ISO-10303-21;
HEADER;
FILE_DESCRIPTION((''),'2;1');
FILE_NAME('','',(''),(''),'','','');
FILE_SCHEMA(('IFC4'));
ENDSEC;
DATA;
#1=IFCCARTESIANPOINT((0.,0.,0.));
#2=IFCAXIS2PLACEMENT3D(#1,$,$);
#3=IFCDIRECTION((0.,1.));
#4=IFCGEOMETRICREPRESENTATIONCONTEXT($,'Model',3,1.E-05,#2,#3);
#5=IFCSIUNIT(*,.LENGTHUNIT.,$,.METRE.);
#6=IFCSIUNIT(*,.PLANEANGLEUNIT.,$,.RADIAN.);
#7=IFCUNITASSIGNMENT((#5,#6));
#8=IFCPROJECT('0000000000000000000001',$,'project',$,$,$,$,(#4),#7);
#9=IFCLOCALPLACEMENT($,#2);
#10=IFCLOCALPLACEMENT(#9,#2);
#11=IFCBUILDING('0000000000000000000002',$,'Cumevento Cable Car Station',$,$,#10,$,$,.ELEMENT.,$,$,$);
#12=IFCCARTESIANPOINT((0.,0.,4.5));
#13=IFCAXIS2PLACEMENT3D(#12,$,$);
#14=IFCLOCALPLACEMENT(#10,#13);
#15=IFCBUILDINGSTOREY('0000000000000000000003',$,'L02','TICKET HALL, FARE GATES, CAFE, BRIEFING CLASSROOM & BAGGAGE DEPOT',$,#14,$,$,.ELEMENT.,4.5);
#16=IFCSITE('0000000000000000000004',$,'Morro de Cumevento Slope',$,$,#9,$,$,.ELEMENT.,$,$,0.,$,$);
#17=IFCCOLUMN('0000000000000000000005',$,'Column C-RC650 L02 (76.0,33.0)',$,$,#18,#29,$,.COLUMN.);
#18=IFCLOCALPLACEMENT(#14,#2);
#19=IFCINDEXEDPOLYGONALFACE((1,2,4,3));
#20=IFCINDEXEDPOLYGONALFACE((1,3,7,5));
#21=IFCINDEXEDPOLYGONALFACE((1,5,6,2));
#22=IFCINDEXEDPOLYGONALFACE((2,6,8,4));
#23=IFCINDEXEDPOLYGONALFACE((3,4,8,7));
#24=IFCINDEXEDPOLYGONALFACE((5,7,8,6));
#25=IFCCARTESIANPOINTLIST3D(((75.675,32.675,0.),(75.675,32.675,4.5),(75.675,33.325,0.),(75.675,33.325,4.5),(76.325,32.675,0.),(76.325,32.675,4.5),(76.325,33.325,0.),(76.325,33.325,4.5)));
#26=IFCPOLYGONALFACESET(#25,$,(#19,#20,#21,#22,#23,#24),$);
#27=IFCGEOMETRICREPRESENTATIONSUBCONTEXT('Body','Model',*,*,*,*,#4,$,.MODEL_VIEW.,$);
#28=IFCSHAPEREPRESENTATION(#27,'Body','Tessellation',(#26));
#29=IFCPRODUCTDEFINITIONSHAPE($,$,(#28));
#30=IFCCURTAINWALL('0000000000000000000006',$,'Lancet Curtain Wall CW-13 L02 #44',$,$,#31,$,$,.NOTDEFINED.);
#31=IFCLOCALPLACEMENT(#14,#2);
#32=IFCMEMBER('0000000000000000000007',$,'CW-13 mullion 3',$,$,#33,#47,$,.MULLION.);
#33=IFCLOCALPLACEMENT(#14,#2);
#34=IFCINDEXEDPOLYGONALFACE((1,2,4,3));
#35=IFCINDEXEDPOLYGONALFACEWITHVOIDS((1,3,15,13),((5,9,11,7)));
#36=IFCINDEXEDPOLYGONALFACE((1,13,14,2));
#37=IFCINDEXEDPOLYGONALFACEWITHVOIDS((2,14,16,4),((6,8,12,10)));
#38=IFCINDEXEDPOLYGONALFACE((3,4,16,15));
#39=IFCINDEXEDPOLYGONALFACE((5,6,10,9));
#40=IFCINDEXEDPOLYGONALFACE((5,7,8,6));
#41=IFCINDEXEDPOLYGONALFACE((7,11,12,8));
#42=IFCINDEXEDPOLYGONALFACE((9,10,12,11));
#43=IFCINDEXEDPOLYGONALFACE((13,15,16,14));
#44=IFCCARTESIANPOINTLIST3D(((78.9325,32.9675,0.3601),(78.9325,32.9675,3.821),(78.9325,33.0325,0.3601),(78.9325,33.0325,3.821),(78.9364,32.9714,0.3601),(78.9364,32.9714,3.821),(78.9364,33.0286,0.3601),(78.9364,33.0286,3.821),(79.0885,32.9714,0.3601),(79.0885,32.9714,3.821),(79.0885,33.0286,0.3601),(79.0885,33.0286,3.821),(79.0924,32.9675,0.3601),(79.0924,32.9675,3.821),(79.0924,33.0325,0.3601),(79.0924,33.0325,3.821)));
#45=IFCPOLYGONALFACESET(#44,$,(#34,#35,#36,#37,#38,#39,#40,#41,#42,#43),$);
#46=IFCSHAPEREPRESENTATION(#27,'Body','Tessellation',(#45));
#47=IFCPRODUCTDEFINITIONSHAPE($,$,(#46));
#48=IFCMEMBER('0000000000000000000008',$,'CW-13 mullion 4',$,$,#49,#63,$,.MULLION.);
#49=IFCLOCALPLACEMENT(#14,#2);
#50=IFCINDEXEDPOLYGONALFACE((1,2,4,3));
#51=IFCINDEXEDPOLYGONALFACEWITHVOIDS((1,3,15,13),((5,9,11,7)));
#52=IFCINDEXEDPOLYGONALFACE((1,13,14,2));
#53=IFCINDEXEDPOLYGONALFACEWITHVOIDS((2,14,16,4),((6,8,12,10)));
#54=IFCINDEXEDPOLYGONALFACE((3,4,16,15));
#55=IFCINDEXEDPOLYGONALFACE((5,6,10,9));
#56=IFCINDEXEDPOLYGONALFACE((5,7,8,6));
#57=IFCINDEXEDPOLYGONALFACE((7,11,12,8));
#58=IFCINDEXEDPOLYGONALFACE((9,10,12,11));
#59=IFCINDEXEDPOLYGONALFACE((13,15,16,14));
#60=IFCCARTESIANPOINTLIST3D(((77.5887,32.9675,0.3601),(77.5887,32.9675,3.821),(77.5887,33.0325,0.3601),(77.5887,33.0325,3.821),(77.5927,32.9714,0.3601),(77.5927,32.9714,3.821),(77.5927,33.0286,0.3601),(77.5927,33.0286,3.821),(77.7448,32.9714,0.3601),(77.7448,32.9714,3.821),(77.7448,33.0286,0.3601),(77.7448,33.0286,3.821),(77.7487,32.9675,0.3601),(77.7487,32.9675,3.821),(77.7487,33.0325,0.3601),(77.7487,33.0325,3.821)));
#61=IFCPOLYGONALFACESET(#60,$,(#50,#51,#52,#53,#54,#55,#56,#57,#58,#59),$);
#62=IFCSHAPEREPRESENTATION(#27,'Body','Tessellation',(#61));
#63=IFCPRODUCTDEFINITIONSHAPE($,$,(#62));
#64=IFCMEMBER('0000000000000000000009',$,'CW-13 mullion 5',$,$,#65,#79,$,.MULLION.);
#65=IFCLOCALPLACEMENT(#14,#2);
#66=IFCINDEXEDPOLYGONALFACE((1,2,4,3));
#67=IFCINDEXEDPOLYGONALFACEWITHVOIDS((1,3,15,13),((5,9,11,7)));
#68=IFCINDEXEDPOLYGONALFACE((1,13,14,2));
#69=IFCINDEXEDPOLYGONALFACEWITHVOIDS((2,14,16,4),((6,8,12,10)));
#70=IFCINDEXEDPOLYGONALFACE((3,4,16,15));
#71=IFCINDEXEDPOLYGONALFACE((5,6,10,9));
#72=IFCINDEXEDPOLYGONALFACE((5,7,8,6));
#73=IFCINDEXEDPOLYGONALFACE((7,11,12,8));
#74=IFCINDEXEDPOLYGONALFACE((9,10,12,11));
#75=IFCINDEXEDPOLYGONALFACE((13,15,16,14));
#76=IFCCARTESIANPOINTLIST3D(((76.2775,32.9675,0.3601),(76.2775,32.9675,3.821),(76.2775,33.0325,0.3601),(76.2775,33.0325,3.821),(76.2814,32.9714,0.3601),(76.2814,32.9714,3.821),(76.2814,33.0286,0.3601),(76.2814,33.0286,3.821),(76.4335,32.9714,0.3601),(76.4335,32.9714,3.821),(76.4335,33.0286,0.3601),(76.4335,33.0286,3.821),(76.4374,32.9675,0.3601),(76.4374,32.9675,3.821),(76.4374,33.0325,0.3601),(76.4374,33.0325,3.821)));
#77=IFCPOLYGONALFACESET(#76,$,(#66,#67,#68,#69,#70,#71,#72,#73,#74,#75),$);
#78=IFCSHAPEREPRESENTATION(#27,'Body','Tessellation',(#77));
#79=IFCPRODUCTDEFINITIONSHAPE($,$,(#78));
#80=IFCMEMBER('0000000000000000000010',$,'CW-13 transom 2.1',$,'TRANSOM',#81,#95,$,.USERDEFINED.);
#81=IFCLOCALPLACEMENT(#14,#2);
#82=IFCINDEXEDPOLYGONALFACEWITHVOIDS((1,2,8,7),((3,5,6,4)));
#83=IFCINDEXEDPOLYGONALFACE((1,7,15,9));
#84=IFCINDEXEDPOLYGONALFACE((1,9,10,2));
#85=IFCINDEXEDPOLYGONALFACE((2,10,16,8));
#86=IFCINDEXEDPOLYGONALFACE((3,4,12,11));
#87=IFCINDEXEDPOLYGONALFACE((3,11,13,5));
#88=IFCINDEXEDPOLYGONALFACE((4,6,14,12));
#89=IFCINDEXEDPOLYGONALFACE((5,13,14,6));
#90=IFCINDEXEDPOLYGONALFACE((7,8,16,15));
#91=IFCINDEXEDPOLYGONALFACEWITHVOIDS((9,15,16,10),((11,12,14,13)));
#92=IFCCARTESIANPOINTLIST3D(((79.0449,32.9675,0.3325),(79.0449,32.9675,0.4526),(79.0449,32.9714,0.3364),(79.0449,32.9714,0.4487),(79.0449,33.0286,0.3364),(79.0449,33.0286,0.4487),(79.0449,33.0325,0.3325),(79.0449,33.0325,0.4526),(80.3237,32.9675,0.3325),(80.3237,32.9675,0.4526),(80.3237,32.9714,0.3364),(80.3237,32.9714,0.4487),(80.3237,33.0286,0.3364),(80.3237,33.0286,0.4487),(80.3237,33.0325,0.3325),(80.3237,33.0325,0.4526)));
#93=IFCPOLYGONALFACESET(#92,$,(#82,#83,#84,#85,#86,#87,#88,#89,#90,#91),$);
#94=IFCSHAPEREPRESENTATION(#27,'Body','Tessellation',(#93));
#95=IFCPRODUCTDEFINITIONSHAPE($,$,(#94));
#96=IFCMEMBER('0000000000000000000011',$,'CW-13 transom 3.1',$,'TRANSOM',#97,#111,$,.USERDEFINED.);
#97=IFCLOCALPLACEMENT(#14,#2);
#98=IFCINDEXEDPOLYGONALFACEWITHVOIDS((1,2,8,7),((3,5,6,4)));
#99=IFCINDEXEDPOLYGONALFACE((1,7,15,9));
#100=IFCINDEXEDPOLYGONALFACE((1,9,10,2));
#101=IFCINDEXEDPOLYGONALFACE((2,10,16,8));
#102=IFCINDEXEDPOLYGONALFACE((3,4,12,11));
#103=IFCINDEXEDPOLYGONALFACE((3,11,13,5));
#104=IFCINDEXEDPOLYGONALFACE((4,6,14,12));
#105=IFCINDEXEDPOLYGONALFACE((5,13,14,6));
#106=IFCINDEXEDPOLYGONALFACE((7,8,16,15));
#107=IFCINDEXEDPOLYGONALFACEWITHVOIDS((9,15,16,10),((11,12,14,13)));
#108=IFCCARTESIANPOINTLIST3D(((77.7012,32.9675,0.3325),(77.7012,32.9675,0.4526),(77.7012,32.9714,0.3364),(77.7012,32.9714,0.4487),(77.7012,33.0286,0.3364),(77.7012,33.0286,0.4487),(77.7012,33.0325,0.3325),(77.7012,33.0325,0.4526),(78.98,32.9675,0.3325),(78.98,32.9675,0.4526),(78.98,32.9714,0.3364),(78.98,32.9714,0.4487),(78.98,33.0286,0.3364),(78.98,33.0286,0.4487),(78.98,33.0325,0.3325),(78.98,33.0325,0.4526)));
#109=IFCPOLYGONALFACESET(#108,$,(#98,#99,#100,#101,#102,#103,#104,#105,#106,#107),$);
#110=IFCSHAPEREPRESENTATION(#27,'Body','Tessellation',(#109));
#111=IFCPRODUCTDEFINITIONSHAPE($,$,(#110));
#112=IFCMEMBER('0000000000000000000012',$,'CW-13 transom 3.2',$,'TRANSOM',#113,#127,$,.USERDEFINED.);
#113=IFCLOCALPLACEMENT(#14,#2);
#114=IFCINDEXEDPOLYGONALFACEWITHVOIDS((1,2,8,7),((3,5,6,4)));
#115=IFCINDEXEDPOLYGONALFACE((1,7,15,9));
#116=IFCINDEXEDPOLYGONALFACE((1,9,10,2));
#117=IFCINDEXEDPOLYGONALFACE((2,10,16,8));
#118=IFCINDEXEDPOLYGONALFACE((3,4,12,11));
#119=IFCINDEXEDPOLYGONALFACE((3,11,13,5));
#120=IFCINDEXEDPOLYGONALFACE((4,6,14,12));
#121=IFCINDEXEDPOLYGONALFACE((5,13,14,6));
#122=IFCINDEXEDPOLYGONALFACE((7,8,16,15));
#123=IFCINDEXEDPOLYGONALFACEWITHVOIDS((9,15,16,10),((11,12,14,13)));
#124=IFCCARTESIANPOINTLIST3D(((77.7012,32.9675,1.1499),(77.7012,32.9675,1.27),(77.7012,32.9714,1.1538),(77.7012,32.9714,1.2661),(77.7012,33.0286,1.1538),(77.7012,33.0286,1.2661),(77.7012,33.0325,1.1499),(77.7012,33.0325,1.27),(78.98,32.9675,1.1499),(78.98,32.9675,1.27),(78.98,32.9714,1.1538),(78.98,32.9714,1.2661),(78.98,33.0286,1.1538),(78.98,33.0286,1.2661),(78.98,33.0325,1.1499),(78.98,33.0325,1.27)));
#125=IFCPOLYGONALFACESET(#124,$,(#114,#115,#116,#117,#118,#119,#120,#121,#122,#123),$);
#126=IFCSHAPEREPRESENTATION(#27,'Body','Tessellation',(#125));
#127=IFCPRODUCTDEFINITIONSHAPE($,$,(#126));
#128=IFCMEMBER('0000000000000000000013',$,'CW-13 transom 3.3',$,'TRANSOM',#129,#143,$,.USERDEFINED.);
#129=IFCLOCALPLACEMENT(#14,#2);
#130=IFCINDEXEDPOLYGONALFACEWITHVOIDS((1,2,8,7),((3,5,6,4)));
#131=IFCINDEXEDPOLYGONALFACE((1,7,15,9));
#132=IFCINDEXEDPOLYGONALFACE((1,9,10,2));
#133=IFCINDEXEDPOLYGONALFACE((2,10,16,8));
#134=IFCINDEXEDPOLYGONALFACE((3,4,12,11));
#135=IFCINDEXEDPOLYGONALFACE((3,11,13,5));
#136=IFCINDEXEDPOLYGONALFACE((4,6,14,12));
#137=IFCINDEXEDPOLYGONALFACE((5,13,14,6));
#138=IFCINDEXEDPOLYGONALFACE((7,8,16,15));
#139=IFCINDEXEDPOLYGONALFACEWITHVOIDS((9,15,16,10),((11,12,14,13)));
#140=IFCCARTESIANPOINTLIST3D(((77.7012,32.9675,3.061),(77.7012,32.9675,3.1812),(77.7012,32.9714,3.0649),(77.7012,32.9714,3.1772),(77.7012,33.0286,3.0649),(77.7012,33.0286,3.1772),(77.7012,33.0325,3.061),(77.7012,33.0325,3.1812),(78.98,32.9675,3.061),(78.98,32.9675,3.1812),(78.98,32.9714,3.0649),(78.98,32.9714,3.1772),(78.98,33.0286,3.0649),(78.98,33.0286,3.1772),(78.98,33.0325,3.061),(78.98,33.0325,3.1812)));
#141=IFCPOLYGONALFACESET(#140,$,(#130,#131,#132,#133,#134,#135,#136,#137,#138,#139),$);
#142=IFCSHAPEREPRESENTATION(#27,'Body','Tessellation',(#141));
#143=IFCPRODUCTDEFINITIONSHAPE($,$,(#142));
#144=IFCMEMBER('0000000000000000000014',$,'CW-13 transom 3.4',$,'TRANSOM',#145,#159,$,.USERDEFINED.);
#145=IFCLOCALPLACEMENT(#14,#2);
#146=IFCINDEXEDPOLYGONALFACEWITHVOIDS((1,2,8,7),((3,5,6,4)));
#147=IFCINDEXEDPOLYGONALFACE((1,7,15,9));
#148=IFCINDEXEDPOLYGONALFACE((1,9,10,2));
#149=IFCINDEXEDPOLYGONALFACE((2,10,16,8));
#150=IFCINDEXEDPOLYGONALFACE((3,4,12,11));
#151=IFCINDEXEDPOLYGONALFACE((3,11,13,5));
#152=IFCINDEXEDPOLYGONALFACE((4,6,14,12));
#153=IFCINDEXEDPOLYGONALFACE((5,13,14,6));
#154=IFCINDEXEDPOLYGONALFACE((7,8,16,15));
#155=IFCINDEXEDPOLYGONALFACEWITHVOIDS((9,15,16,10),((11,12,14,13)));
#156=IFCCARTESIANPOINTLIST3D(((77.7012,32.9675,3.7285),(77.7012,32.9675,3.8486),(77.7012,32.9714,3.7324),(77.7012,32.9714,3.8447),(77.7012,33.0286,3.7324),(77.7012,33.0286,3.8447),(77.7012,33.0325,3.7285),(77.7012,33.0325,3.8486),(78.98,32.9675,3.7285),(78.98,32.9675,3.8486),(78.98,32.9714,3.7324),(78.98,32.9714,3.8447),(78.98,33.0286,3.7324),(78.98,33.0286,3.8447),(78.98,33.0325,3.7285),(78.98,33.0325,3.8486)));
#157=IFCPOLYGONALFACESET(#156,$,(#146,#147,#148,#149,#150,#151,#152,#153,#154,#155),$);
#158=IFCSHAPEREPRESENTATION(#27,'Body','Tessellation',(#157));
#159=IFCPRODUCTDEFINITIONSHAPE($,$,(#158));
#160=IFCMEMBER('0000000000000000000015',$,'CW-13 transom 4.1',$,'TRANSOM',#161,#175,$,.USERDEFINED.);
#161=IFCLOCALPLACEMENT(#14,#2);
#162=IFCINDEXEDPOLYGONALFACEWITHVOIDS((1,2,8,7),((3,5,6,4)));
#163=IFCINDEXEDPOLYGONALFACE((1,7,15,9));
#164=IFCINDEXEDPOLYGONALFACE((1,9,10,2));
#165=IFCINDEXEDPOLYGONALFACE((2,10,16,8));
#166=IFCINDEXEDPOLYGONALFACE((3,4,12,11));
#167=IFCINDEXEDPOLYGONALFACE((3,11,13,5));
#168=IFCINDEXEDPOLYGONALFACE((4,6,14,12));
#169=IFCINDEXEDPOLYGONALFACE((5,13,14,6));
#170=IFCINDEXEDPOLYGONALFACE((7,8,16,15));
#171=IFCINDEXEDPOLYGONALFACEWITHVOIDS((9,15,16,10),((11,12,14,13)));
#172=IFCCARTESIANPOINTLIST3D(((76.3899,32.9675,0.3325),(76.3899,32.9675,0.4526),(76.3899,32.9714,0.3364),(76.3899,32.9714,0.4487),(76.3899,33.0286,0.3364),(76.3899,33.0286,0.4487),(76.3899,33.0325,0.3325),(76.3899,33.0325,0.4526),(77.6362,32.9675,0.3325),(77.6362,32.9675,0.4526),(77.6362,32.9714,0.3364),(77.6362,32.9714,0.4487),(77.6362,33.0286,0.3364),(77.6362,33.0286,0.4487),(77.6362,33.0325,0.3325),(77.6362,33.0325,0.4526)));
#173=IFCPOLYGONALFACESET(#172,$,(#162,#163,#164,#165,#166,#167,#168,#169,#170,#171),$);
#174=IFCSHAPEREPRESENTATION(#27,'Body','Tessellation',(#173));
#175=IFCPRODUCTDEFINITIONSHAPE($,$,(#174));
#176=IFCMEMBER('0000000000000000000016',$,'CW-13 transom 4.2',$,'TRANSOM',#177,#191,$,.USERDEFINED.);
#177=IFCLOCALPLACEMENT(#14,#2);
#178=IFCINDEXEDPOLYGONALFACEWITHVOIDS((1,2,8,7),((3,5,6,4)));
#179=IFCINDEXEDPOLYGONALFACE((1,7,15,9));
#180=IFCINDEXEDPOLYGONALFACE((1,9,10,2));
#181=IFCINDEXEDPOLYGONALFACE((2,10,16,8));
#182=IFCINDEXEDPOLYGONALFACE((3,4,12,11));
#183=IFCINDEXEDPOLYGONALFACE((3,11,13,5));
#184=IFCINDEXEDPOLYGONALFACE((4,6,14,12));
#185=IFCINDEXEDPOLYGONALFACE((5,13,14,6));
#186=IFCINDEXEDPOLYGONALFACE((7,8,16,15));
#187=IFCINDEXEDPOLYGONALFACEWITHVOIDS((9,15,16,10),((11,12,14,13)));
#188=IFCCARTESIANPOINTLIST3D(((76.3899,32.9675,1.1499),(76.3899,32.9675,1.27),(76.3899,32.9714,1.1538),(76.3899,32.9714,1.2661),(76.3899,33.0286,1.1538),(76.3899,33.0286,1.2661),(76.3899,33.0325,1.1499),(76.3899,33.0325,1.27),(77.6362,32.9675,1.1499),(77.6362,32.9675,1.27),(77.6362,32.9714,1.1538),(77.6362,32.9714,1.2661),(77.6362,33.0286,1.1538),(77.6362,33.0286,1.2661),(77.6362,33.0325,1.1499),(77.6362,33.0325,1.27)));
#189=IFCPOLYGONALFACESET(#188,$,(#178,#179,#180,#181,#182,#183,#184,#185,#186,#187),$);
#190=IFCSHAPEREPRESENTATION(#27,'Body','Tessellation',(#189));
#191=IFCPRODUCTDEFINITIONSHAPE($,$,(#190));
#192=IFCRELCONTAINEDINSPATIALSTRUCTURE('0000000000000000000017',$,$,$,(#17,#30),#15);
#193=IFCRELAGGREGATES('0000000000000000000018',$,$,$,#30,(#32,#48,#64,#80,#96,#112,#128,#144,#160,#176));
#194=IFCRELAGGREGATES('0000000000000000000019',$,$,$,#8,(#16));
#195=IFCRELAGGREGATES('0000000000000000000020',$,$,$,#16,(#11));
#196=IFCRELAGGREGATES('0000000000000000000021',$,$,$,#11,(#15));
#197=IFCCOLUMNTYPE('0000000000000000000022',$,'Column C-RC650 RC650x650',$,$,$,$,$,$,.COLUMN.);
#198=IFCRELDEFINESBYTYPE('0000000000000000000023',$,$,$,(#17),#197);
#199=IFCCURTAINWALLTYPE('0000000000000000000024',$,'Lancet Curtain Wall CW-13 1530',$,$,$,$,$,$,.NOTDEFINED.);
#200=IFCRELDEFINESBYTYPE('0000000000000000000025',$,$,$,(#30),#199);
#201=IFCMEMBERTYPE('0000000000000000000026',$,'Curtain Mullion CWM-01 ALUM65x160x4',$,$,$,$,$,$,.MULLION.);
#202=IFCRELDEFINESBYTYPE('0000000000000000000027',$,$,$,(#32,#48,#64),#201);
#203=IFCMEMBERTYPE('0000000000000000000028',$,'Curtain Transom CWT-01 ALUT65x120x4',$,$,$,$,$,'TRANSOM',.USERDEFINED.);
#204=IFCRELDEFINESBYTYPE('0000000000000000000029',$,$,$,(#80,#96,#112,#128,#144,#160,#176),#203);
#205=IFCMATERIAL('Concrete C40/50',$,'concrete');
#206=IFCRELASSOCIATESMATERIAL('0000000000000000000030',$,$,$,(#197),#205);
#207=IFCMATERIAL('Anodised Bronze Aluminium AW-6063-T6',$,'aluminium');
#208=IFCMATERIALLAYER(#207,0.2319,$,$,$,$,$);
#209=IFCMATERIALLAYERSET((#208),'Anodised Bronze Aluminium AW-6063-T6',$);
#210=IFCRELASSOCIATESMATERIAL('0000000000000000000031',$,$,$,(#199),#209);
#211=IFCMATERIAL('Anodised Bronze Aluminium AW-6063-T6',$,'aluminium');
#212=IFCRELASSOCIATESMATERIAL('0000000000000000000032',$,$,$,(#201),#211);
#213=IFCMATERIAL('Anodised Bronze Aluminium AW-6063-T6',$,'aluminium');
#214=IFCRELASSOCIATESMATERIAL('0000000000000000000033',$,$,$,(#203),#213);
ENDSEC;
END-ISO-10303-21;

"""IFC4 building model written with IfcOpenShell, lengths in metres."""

from ifc_helpers import new_model, si_unit, direction, frame, origin, origin_2d, place, context, subcontext, project, spatial, rectangle, hollow_rectangle, extrude, material, layer, layer_set, material_profile, profile_set, type_object, element, aggregate, save


model = new_model("IFC4")

# Units and contexts
model_context = context("Model", 3, precision=1e-05, world=origin(), true_north=direction((0.0, 1.0)))
body_context = subcontext(model_context, "Body", "Model", "MODEL_VIEW")
ifc_project = project(units=[si_unit("LENGTHUNIT", "METRE"), si_unit("PLANEANGLEUNIT", "RADIAN")], contexts=[model_context])

# Site, building, storey
site_placement = place(None, origin())
site = spatial("IfcSite", under=ifc_project, at=site_placement, Name="Morro de Cumevento Slope", CompositionType="ELEMENT", RefElevation=0.0)
building_placement = place(site_placement, origin())
building = spatial("IfcBuilding", under=site, at=building_placement, Name="Cumevento Cable Car Station", CompositionType="ELEMENT")
storey_placement = place(building_placement, frame((0.0, 0.0, 4.5)))
storey = spatial("IfcBuildingStorey", under=building, at=storey_placement, Name="L02", Description="TICKET HALL, FARE GATES, CAFE, BRIEFING CLASSROOM & BAGGAGE DEPOT", CompositionType="ELEMENT", Elevation=4.5)

# Column
ifc_material_1 = material(Name="Concrete C40/50", Category="concrete")
ifc_material_profile_1 = material_profile(ifc_material_1, rectangle(XDim=0.6499, YDim=0.6499, at=origin_2d()), Name="RC650x650")
ifc_profile_set_1 = profile_set([ifc_material_profile_1], Name="Concrete C40/50")
column_type = type_object("IfcColumnType", Name="Column C-RC650 RC650x650", PredefinedType="COLUMN", material=ifc_profile_set_1)
column_placement = place(storey_placement, frame((76.0, 33.0, 0.0), z_axis=(0.0, 0.0, 1.0), x_axis=(1.0, 0.0, 0.0)))
element("IfcColumn", 1, at=column_placement, inside=storey, type_object=column_type, Name="Column C-RC650 L02 (76.0,33.0)", PredefinedType="COLUMN", context=body_context, shape_type="SweptSolid", body=[
    extrude(rectangle(XDim=0.6499, YDim=0.6499, at=origin_2d()), origin(), (0.0, 0.0, 1.0), 4.5),
])

# Curtain wall, members
ifc_material_2 = material(Name="Anodised Bronze Aluminium AW-6063-T6", Category="aluminium")
ifc_layer_1 = layer(ifc_material_2, 0.2319)
ifc_layer_set_1 = layer_set([ifc_layer_1], Name="Anodised Bronze Aluminium AW-6063-T6")
curtain_wall_type = type_object("IfcCurtainWallType", Name="Lancet Curtain Wall CW-13 1530", PredefinedType="NOTDEFINED", material=ifc_layer_set_1)
curtain_wall_placement = place(storey_placement, origin())
curtain_wall = element("IfcCurtainWall", 2, at=curtain_wall_placement, inside=storey, type_object=curtain_wall_type, Name="Lancet Curtain Wall CW-13 L02 #44", PredefinedType="NOTDEFINED")
ifc_material_3 = material(Name="Anodised Bronze Aluminium AW-6063-T6", Category="aluminium")
ifc_material_profile_2 = material_profile(ifc_material_3, hollow_rectangle(XDim=0.0649, YDim=0.1599, WallThickness=0.0039, at=origin_2d()), Name="ALUM65x160x4")
ifc_profile_set_2 = profile_set([ifc_material_profile_2], Name="Anodised Bronze Aluminium AW-6063-T6")
member_type_1 = type_object("IfcMemberType", Name="Curtain Mullion CWM-01 ALUM65x160x4", PredefinedType="MULLION", material=ifc_profile_set_2)
member_1_placement = place(storey_placement, frame((79.0125, 33.0, 0.3601), z_axis=(0.0, 0.0, 1.0), x_axis=(0.0, -1.0, 0.0)))
member_1 = element("IfcMember", 3, at=member_1_placement, type_object=member_type_1, Name="CW-13 mullion 3", PredefinedType="MULLION", context=body_context, shape_type="SweptSolid", body=[
    extrude(hollow_rectangle(XDim=0.0649, YDim=0.1599, WallThickness=0.0039, at=origin_2d()), origin(), (0.0, 0.0, 1.0), 3.4609),
])
member_2_placement = place(storey_placement, frame((77.6687, 33.0, 0.3601), z_axis=(0.0, 0.0, 1.0), x_axis=(0.0, -1.0, 0.0)))
member_2 = element("IfcMember", 4, at=member_2_placement, type_object=member_type_1, Name="CW-13 mullion 4", PredefinedType="MULLION", context=body_context, shape_type="SweptSolid", body=[
    extrude(hollow_rectangle(XDim=0.0649, YDim=0.1599, WallThickness=0.0039, at=origin_2d()), origin(), (0.0, 0.0, 1.0), 3.4609),
])
member_3_placement = place(storey_placement, frame((76.3574, 33.0, 0.3601), z_axis=(0.0, 0.0, 1.0), x_axis=(0.0, -1.0, 0.0)))
member_3 = element("IfcMember", 5, at=member_3_placement, type_object=member_type_1, Name="CW-13 mullion 5", PredefinedType="MULLION", context=body_context, shape_type="SweptSolid", body=[
    extrude(hollow_rectangle(XDim=0.0649, YDim=0.1599, WallThickness=0.0039, at=origin_2d()), origin(), (0.0, 0.0, 1.0), 3.4609),
])
ifc_material_4 = material(Name="Anodised Bronze Aluminium AW-6063-T6", Category="aluminium")
ifc_material_profile_3 = material_profile(ifc_material_4, hollow_rectangle(XDim=0.0649, YDim=0.1201, WallThickness=0.0039, at=origin_2d()), Name="ALUT65x120x4")
ifc_profile_set_3 = profile_set([ifc_material_profile_3], Name="Anodised Bronze Aluminium AW-6063-T6")
member_type_2 = type_object("IfcMemberType", Name="Curtain Transom CWT-01 ALUT65x120x4", ElementType="TRANSOM", PredefinedType="USERDEFINED", material=ifc_profile_set_3)
member_4_placement = place(storey_placement, frame((80.3237, 33.0, 0.3926), z_axis=(-1.0, 0.0, 0.0), x_axis=(0.0, -1.0, 0.0)))
member_4 = element("IfcMember", 6, at=member_4_placement, type_object=member_type_2, Name="CW-13 transom 2.1", ObjectType="TRANSOM", PredefinedType="USERDEFINED", context=body_context, shape_type="SweptSolid", body=[
    extrude(hollow_rectangle(XDim=0.0649, YDim=0.1201, WallThickness=0.0039, at=origin_2d()), origin(), (0.0, 0.0, 1.0), 1.2788),
])
member_5_placement = place(storey_placement, frame((78.98, 33.0, 0.3926), z_axis=(-1.0, 0.0, 0.0), x_axis=(0.0, -1.0, 0.0)))
member_5 = element("IfcMember", 7, at=member_5_placement, type_object=member_type_2, Name="CW-13 transom 3.1", ObjectType="TRANSOM", PredefinedType="USERDEFINED", context=body_context, shape_type="SweptSolid", body=[
    extrude(hollow_rectangle(XDim=0.0649, YDim=0.1201, WallThickness=0.0039, at=origin_2d()), origin(), (0.0, 0.0, 1.0), 1.2788),
])
member_6_placement = place(storey_placement, frame((78.98, 33.0, 1.21), z_axis=(-1.0, 0.0, 0.0), x_axis=(0.0, -1.0, 0.0)))
member_6 = element("IfcMember", 8, at=member_6_placement, type_object=member_type_2, Name="CW-13 transom 3.2", ObjectType="TRANSOM", PredefinedType="USERDEFINED", context=body_context, shape_type="SweptSolid", body=[
    extrude(hollow_rectangle(XDim=0.0649, YDim=0.1201, WallThickness=0.0039, at=origin_2d()), origin(), (0.0, 0.0, 1.0), 1.2788),
])
member_7_placement = place(storey_placement, frame((78.98, 33.0, 3.1211), z_axis=(-1.0, 0.0, 0.0), x_axis=(0.0, -1.0, 0.0)))
member_7 = element("IfcMember", 9, at=member_7_placement, type_object=member_type_2, Name="CW-13 transom 3.3", ObjectType="TRANSOM", PredefinedType="USERDEFINED", context=body_context, shape_type="SweptSolid", body=[
    extrude(hollow_rectangle(XDim=0.0649, YDim=0.1201, WallThickness=0.0039, at=origin_2d()), origin(), (0.0, 0.0, 1.0), 1.2788),
])
member_8_placement = place(storey_placement, frame((78.98, 33.0, 3.7886), z_axis=(-1.0, 0.0, 0.0), x_axis=(0.0, -1.0, 0.0)))
member_8 = element("IfcMember", 10, at=member_8_placement, type_object=member_type_2, Name="CW-13 transom 3.4", ObjectType="TRANSOM", PredefinedType="USERDEFINED", context=body_context, shape_type="SweptSolid", body=[
    extrude(hollow_rectangle(XDim=0.0649, YDim=0.1201, WallThickness=0.0039, at=origin_2d()), origin(), (0.0, 0.0, 1.0), 1.2788),
])
member_9_placement = place(storey_placement, frame((77.6362, 33.0, 0.3926), z_axis=(-1.0, 0.0, 0.0), x_axis=(0.0, -1.0, 0.0)))
member_9 = element("IfcMember", 11, at=member_9_placement, type_object=member_type_2, Name="CW-13 transom 4.1", ObjectType="TRANSOM", PredefinedType="USERDEFINED", context=body_context, shape_type="SweptSolid", body=[
    extrude(hollow_rectangle(XDim=0.0649, YDim=0.1201, WallThickness=0.0039, at=origin_2d()), origin(), (0.0, 0.0, 1.0), 1.2463),
])
member_10_placement = place(storey_placement, frame((77.6362, 33.0, 1.21), z_axis=(-1.0, 0.0, 0.0), x_axis=(0.0, -1.0, 0.0)))
member_10 = element("IfcMember", 12, at=member_10_placement, type_object=member_type_2, Name="CW-13 transom 4.2", ObjectType="TRANSOM", PredefinedType="USERDEFINED", context=body_context, shape_type="SweptSolid", body=[
    extrude(hollow_rectangle(XDim=0.0649, YDim=0.1201, WallThickness=0.0039, at=origin_2d()), origin(), (0.0, 0.0, 1.0), 1.2463),
])

aggregate(curtain_wall, [member_1, member_2, member_3, member_4, member_5, member_6, member_7, member_8, member_9, member_10])

save(model, "model.ifc")
